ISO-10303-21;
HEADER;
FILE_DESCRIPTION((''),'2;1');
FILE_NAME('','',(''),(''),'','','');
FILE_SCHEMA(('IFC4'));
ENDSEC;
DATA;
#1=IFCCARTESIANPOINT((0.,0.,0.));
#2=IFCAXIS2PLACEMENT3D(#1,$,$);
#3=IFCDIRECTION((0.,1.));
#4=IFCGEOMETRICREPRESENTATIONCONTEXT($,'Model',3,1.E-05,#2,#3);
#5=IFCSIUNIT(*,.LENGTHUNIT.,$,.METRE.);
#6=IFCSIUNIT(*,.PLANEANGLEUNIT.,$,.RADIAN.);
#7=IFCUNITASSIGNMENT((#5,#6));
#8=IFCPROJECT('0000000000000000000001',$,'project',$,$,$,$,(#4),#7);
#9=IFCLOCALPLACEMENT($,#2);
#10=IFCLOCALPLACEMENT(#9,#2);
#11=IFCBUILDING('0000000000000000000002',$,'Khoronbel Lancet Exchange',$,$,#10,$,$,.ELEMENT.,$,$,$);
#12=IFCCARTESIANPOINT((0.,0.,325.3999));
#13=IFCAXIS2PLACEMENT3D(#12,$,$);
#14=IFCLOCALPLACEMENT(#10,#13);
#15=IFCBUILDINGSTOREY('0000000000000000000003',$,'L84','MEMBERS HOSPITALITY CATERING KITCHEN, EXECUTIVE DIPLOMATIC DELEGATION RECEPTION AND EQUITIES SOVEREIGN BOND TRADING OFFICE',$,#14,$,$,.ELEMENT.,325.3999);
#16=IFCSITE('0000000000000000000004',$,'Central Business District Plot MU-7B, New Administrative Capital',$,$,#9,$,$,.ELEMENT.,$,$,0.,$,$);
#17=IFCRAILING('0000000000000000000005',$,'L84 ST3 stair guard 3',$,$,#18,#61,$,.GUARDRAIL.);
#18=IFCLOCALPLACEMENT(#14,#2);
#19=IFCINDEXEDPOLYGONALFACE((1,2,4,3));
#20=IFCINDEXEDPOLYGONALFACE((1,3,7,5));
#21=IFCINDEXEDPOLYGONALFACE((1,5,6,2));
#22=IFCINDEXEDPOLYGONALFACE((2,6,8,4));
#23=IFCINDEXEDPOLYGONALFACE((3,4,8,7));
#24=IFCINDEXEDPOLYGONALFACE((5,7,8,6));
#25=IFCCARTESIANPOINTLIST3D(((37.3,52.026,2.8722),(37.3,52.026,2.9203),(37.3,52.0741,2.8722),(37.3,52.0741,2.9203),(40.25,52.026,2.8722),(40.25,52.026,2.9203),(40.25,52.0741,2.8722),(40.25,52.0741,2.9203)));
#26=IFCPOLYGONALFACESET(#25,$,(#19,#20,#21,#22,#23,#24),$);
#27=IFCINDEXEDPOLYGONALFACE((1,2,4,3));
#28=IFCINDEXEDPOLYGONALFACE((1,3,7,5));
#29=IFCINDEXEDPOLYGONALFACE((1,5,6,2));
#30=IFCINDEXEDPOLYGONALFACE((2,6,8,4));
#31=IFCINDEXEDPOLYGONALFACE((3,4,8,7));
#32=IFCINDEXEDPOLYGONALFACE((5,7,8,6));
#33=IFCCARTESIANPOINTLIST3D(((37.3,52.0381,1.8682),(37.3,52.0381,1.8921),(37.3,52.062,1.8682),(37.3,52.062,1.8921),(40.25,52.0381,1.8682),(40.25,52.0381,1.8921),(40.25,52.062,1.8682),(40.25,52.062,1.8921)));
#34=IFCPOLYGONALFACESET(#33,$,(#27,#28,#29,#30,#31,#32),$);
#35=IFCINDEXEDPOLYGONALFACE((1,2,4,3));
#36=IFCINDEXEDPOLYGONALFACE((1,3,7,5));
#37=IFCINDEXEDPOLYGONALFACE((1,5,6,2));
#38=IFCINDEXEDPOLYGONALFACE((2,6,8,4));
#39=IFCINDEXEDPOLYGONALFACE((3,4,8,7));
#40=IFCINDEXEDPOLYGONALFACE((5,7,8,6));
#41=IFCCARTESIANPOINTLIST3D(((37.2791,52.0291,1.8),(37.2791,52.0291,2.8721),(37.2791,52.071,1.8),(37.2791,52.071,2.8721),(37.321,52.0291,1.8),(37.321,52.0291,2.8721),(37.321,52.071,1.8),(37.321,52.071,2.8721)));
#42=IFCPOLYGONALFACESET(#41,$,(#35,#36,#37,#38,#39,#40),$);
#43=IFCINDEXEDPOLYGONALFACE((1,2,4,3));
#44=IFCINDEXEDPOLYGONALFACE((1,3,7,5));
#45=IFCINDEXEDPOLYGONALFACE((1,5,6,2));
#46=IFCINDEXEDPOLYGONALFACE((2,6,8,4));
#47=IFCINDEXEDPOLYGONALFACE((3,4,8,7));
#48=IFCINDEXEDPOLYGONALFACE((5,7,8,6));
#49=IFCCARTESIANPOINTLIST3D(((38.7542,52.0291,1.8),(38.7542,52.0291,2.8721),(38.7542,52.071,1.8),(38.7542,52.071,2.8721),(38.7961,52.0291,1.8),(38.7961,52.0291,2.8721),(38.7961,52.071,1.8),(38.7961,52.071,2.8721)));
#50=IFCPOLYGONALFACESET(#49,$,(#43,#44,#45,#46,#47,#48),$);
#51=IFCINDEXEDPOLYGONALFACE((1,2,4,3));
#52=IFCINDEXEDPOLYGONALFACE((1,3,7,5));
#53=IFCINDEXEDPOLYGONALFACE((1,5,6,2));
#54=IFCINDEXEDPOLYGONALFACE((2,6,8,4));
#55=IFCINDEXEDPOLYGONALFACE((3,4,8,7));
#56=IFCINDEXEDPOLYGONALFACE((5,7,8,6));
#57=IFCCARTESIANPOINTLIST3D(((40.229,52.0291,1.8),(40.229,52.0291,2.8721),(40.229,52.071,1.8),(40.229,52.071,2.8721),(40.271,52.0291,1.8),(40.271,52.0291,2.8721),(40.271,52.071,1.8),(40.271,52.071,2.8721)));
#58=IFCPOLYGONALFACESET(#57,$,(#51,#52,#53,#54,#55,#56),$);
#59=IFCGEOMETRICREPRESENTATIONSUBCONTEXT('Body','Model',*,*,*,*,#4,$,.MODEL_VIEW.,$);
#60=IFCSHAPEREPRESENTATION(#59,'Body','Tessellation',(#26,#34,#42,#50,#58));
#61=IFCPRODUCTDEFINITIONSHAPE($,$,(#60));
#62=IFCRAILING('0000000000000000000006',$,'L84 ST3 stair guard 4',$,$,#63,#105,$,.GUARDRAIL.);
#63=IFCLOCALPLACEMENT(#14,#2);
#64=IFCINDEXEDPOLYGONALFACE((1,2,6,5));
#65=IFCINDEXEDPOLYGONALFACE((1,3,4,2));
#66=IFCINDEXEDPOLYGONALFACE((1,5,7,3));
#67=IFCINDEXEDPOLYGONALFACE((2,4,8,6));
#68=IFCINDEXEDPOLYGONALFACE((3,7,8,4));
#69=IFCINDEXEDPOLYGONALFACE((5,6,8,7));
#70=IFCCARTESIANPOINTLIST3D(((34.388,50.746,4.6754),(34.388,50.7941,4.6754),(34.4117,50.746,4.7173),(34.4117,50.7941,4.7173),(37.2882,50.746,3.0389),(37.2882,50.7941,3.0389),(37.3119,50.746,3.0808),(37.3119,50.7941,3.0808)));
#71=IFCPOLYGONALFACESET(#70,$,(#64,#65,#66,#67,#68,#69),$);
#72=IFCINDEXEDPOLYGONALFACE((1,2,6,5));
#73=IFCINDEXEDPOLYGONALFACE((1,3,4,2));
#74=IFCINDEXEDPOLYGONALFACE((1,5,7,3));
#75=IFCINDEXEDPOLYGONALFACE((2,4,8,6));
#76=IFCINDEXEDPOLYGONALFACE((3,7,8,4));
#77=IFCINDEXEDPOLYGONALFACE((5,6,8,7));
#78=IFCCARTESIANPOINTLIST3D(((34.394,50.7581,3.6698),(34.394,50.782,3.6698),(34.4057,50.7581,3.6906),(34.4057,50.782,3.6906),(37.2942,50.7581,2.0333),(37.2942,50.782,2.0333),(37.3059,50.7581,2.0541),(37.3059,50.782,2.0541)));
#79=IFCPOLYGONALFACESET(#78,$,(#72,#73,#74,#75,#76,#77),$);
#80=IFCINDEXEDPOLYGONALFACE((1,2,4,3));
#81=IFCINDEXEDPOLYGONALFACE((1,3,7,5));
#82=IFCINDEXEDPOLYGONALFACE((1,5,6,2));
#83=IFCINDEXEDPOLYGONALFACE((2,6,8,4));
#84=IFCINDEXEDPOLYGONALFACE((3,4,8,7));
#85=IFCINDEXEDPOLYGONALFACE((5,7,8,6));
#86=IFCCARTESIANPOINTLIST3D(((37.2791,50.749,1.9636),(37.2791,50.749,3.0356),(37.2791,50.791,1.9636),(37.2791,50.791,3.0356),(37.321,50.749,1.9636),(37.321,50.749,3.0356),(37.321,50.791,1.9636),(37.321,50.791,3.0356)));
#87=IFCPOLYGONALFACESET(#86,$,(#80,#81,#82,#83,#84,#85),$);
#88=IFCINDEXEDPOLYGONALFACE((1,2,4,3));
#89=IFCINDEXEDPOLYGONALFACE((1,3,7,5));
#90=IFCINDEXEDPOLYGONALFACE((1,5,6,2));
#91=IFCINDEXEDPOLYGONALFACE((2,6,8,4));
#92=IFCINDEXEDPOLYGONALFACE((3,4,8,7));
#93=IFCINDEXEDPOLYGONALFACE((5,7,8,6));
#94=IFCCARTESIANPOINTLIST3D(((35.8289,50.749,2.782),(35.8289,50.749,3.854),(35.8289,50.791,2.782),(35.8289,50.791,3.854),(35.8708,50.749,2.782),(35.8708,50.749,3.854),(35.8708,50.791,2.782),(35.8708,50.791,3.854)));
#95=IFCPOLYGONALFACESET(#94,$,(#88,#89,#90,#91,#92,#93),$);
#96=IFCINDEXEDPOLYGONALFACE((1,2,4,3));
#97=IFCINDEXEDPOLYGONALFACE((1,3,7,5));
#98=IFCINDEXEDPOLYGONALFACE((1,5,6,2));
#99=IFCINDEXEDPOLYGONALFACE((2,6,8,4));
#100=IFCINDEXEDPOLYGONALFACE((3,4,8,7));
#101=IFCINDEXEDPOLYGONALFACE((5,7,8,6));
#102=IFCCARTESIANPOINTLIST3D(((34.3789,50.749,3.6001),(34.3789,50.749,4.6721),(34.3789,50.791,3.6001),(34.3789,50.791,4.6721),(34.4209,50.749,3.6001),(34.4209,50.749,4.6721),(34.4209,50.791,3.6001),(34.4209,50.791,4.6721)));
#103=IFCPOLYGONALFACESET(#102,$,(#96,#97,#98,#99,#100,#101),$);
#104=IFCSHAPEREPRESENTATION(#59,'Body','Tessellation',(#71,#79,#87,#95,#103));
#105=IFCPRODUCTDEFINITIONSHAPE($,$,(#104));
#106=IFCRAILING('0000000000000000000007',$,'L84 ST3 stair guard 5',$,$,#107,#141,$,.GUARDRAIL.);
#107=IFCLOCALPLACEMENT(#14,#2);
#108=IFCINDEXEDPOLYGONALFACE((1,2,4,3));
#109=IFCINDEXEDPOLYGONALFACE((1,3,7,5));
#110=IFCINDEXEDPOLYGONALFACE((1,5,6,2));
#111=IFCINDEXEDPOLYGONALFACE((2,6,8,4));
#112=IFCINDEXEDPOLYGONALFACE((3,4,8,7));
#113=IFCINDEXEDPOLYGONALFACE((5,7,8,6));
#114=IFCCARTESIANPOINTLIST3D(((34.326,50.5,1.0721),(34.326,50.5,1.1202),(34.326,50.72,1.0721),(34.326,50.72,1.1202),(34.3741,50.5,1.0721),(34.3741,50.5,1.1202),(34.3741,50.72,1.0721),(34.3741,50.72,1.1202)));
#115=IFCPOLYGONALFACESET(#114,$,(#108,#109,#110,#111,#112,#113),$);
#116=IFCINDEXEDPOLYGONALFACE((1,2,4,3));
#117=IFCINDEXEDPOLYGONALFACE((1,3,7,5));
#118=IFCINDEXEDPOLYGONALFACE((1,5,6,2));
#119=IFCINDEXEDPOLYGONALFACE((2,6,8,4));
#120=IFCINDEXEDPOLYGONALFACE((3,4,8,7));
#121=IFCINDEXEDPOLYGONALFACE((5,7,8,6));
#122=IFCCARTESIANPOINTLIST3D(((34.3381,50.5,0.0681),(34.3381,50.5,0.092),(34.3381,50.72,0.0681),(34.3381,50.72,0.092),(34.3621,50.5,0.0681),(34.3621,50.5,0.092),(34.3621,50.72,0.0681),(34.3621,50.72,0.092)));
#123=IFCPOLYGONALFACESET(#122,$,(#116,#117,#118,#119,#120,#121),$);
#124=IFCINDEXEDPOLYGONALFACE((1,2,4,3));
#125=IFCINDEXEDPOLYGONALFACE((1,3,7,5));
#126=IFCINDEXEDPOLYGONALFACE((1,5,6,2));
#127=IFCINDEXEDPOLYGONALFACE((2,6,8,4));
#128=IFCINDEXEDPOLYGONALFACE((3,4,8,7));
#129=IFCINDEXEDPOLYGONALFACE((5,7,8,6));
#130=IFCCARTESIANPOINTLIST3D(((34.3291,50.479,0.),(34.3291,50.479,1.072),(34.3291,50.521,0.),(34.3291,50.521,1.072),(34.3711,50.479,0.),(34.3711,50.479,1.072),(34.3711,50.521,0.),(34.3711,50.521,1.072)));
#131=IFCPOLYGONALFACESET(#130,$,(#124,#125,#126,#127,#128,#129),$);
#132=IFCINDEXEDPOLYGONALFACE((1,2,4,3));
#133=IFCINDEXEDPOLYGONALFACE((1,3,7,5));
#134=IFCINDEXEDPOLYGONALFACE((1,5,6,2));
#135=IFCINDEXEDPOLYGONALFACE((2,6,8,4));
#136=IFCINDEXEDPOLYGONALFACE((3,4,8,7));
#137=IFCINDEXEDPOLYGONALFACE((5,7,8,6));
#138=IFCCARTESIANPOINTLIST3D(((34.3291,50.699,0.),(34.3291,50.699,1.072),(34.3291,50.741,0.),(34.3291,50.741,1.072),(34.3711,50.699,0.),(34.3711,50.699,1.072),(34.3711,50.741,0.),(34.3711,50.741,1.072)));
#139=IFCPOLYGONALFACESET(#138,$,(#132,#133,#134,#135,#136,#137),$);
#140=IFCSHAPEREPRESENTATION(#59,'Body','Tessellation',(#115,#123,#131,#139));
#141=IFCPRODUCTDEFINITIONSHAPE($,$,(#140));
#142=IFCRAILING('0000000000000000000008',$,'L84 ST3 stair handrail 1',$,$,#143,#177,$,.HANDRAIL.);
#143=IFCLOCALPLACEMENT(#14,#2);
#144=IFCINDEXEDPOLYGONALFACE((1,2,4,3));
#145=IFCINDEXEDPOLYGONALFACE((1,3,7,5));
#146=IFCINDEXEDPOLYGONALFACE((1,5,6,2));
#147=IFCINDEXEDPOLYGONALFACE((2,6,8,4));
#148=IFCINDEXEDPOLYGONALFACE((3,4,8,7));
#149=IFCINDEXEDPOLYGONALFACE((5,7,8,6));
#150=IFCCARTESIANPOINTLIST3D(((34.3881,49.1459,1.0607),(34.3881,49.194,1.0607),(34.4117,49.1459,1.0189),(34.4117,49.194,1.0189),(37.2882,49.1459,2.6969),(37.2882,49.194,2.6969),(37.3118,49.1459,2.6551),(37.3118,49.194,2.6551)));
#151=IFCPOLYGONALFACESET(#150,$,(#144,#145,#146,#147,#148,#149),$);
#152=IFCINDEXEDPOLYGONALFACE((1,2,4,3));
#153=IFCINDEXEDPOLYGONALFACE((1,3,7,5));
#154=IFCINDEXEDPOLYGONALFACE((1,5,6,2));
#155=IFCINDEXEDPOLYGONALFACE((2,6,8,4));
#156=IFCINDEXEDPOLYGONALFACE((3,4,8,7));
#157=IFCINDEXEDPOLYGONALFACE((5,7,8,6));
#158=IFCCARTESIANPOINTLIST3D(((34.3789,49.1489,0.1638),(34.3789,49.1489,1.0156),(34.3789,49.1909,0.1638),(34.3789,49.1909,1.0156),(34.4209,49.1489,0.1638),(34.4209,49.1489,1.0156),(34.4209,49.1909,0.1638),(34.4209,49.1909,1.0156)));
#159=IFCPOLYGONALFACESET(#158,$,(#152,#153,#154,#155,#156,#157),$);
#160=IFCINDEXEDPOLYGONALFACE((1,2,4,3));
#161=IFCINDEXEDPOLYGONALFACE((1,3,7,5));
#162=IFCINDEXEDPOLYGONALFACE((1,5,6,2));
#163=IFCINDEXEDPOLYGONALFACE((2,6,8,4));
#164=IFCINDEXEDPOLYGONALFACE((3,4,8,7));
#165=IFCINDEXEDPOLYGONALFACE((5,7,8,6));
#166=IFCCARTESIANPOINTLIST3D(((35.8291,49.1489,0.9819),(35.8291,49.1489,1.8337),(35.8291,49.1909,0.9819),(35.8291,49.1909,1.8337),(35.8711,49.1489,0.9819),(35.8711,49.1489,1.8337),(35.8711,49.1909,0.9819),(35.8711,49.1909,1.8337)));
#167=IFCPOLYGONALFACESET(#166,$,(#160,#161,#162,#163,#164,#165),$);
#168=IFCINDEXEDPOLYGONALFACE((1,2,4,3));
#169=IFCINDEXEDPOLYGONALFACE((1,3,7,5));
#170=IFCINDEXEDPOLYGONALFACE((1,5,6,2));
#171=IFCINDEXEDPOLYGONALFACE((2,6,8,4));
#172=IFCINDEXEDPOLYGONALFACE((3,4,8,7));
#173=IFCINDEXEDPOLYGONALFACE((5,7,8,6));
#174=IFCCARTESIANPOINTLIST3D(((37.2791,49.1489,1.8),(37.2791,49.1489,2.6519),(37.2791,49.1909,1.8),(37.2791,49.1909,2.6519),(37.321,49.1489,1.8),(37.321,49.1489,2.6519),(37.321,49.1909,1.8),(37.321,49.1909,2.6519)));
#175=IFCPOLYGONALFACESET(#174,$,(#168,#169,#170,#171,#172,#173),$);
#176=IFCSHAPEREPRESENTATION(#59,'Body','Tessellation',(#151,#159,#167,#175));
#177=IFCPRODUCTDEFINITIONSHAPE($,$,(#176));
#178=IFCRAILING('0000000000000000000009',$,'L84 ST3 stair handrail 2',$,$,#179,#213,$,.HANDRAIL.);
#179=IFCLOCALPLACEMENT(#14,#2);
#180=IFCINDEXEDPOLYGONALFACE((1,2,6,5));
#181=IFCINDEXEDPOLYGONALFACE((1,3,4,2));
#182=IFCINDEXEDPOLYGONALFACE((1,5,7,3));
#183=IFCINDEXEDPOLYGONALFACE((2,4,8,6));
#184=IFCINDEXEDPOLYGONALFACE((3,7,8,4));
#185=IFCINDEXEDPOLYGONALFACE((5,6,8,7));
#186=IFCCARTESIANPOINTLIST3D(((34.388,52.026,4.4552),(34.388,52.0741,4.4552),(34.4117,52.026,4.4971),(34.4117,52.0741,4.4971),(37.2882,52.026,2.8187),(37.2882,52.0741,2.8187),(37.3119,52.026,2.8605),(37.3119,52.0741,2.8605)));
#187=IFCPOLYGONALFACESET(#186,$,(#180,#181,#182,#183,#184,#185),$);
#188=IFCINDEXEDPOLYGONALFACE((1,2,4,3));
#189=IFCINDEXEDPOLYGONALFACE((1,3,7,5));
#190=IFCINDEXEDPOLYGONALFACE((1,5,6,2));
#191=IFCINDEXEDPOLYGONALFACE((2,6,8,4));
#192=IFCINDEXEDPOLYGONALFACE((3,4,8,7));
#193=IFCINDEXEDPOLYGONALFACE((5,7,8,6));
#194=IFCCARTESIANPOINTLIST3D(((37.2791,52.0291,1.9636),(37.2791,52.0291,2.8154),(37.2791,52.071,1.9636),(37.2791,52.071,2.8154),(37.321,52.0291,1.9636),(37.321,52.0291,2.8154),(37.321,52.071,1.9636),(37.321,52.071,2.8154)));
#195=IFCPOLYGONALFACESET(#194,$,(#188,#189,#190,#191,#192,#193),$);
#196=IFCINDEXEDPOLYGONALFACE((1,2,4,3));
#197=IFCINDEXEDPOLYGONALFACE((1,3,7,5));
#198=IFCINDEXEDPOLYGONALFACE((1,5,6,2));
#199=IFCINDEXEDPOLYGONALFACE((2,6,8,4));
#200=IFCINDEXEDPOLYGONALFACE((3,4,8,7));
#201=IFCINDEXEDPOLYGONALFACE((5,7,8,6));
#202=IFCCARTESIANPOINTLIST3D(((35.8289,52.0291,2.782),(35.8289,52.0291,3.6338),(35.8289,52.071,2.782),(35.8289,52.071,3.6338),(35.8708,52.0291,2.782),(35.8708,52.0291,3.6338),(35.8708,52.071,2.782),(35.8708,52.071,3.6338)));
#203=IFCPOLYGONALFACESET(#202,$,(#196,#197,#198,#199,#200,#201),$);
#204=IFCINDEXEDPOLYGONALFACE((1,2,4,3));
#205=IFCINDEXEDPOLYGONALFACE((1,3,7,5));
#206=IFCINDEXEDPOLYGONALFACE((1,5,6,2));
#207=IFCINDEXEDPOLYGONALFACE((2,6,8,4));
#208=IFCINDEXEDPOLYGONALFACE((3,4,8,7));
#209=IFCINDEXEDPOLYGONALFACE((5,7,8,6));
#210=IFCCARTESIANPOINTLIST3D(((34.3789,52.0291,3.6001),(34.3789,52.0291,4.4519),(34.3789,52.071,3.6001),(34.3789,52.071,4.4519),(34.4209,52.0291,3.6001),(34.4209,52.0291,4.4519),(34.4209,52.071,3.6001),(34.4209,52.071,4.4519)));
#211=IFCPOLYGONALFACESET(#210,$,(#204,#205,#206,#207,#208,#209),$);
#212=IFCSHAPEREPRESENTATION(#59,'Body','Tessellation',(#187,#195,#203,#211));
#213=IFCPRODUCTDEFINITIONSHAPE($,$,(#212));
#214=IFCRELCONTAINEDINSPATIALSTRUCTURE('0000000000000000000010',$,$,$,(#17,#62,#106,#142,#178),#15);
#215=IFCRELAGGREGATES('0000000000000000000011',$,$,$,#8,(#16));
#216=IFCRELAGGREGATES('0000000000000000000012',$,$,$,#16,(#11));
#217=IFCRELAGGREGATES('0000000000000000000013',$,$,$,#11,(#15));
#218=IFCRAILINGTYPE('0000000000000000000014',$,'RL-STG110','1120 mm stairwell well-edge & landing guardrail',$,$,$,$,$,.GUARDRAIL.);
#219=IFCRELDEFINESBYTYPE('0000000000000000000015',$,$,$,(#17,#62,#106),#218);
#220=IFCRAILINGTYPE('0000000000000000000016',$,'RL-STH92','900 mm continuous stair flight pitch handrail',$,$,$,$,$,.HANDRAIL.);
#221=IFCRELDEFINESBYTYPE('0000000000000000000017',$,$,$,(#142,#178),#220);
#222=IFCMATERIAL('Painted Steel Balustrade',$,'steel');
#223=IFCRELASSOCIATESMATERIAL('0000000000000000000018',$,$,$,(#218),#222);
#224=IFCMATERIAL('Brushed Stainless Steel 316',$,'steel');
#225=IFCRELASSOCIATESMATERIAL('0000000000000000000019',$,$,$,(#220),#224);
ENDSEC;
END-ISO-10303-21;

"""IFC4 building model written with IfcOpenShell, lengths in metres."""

from ifc_helpers import new_model, si_unit, direction, frame, origin, origin_2d, place, context, subcontext, project, spatial, rectangle, extrude, material, type_object, element, save


model = new_model("IFC4")

# Units and contexts
model_context = context("Model", 3, precision=1e-05, world=origin(), true_north=direction((0.0, 1.0)))
body_context = subcontext(model_context, "Body", "Model", "MODEL_VIEW")
ifc_project = project(units=[si_unit("LENGTHUNIT", "METRE"), si_unit("PLANEANGLEUNIT", "RADIAN")], contexts=[model_context])

# Site, building, storey
site_placement = place(None, origin())
site = spatial("IfcSite", under=ifc_project, at=site_placement, Name="Central Business District Plot MU-7B, New Administrative Capital", CompositionType="ELEMENT", RefElevation=0.0)
building_placement = place(site_placement, origin())
building = spatial("IfcBuilding", under=site, at=building_placement, Name="Khoronbel Lancet Exchange", CompositionType="ELEMENT")
storey_placement = place(building_placement, frame((0.0, 0.0, 325.3999)))
storey = spatial("IfcBuildingStorey", under=building, at=storey_placement, Name="L84", Description="MEMBERS HOSPITALITY CATERING KITCHEN, EXECUTIVE DIPLOMATIC DELEGATION RECEPTION AND EQUITIES SOVEREIGN BOND TRADING OFFICE", CompositionType="ELEMENT", Elevation=325.3999)

# Railings
ifc_material_1 = material(Name="Painted Steel Balustrade", Category="steel")
railing_type_1 = type_object("IfcRailingType", Name="RL-STG110", Description="1120 mm stairwell well-edge & landing guardrail", PredefinedType="GUARDRAIL", material=ifc_material_1)
railing_1_placement = place(storey_placement, frame((37.3, 52.05, 1.8)))
element("IfcRailing", 1, at=railing_1_placement, inside=storey, type_object=railing_type_1, Name="L84 ST3 stair guard 3", PredefinedType="GUARDRAIL", context=body_context, shape_type="SweptSolid", body=[
    extrude(rectangle(XDim=0.0481, YDim=0.0481, at=origin_2d()), frame((0.0, 0.0, 1.0962), z_axis=(1.0, 0.0, 0.0), x_axis=(0.0, 1.0, 0.0)), (0.0, 0.0, 1.0), 2.95),
    extrude(rectangle(XDim=0.0239, YDim=0.0239, at=origin_2d()), frame((0.0, 0.0, 0.0801), z_axis=(1.0, 0.0, 0.0), x_axis=(0.0, 1.0, 0.0)), (0.0, 0.0, 1.0), 2.95),
    extrude(rectangle(XDim=0.042, YDim=0.042, at=origin_2d()), origin(), (0.0, 0.0, 1.0), 1.072),
    extrude(rectangle(XDim=0.042, YDim=0.042, at=origin_2d()), frame((1.4751, 0.0, 0.0)), (0.0, 0.0, 1.0), 1.072),
    extrude(rectangle(XDim=0.042, YDim=0.042, at=origin_2d()), frame((2.95, 0.0, 0.0)), (0.0, 0.0, 1.0), 1.072),
])
railing_2_placement = place(storey_placement, frame((37.3, 50.77, 1.9636)))
element("IfcRailing", 2, at=railing_2_placement, inside=storey, type_object=railing_type_1, Name="L84 ST3 stair guard 4", PredefinedType="GUARDRAIL", context=body_context, shape_type="SweptSolid", body=[
    extrude(rectangle(XDim=0.0481, YDim=0.0481, at=origin_2d()), frame((0.0, 0.0, 1.0962), z_axis=(-0.870915, 0.0, 0.491434), x_axis=(0.0, -1.0, 0.0)), (0.0, 0.0, 1.0), 3.3301),
    extrude(rectangle(XDim=0.0239, YDim=0.0239, at=origin_2d()), frame((0.0, 0.0, 0.0801), z_axis=(-0.870915, 0.0, 0.491434), x_axis=(0.0, -1.0, 0.0)), (0.0, 0.0, 1.0), 3.3301),
    extrude(rectangle(XDim=0.042, YDim=0.042, at=origin_2d()), origin(), (0.0, 0.0, 1.0), 1.072),
    extrude(rectangle(XDim=0.042, YDim=0.042, at=origin_2d()), frame((-1.4502, 0.0, 0.8184)), (0.0, 0.0, 1.0), 1.072),
    extrude(rectangle(XDim=0.042, YDim=0.042, at=origin_2d()), frame((-2.9001, 0.0, 1.6365)), (0.0, 0.0, 1.0), 1.072),
])
railing_3_placement = place(storey_placement, frame((34.3501, 50.5, 0.0)))
element("IfcRailing", 3, at=railing_3_placement, inside=storey, type_object=railing_type_1, Name="L84 ST3 stair guard 5", PredefinedType="GUARDRAIL", context=body_context, shape_type="SweptSolid", body=[
    extrude(rectangle(XDim=0.0481, YDim=0.0481, at=origin_2d()), frame((0.0, 0.0, 1.0962), z_axis=(0.0, 1.0, 0.0), x_axis=(-1.0, 0.0, 0.0)), (0.0, 0.0, 1.0), 0.22),
    extrude(rectangle(XDim=0.0239, YDim=0.0239, at=origin_2d()), frame((0.0, 0.0, 0.0801), z_axis=(0.0, 1.0, 0.0), x_axis=(-1.0, 0.0, 0.0)), (0.0, 0.0, 1.0), 0.22),
    extrude(rectangle(XDim=0.042, YDim=0.042, at=origin_2d()), origin(), (0.0, 0.0, 1.0), 1.072),
    extrude(rectangle(XDim=0.042, YDim=0.042, at=origin_2d()), frame((0.0, 0.22, 0.0)), (0.0, 0.0, 1.0), 1.072),
])
ifc_material_2 = material(Name="Brushed Stainless Steel 316", Category="steel")
railing_type_2 = type_object("IfcRailingType", Name="RL-STH92", Description="900 mm continuous stair flight pitch handrail", PredefinedType="HANDRAIL", material=ifc_material_2)
railing_4_placement = place(storey_placement, frame((34.3999, 49.1699, 0.1638)))
element("IfcRailing", 4, at=railing_4_placement, inside=storey, type_object=railing_type_2, Name="L84 ST3 stair handrail 1", PredefinedType="HANDRAIL", context=body_context, shape_type="SweptSolid", body=[
    extrude(rectangle(XDim=0.0481, YDim=0.0481, at=origin_2d()), frame((0.0, 0.0, 0.876), z_axis=(0.870946, 0.0, 0.491378), x_axis=(0.0, 1.0, 0.0)), (0.0, 0.0, 1.0), 3.3298),
    extrude(rectangle(XDim=0.042, YDim=0.042, at=origin_2d()), origin(), (0.0, 0.0, 1.0), 0.8518),
    extrude(rectangle(XDim=0.042, YDim=0.042, at=origin_2d()), frame((1.4502, 0.0, 0.8181)), (0.0, 0.0, 1.0), 0.8518),
    extrude(rectangle(XDim=0.042, YDim=0.042, at=origin_2d()), frame((2.9001, 0.0, 1.6362)), (0.0, 0.0, 1.0), 0.8518),
])
railing_5_placement = place(storey_placement, frame((37.3, 52.05, 1.9636)))
element("IfcRailing", 5, at=railing_5_placement, inside=storey, type_object=railing_type_2, Name="L84 ST3 stair handrail 2", PredefinedType="HANDRAIL", context=body_context, shape_type="SweptSolid", body=[
    extrude(rectangle(XDim=0.0481, YDim=0.0481, at=origin_2d()), frame((0.0, 0.0, 0.876), z_axis=(-0.870915, 0.0, 0.491434), x_axis=(0.0, -1.0, 0.0)), (0.0, 0.0, 1.0), 3.3301),
    extrude(rectangle(XDim=0.042, YDim=0.042, at=origin_2d()), origin(), (0.0, 0.0, 1.0), 0.8518),
    extrude(rectangle(XDim=0.042, YDim=0.042, at=origin_2d()), frame((-1.4502, 0.0, 0.8184)), (0.0, 0.0, 1.0), 0.8518),
    extrude(rectangle(XDim=0.042, YDim=0.042, at=origin_2d()), frame((-2.9001, 0.0, 1.6365)), (0.0, 0.0, 1.0), 0.8518),
])

save(model, "model.ifc")
